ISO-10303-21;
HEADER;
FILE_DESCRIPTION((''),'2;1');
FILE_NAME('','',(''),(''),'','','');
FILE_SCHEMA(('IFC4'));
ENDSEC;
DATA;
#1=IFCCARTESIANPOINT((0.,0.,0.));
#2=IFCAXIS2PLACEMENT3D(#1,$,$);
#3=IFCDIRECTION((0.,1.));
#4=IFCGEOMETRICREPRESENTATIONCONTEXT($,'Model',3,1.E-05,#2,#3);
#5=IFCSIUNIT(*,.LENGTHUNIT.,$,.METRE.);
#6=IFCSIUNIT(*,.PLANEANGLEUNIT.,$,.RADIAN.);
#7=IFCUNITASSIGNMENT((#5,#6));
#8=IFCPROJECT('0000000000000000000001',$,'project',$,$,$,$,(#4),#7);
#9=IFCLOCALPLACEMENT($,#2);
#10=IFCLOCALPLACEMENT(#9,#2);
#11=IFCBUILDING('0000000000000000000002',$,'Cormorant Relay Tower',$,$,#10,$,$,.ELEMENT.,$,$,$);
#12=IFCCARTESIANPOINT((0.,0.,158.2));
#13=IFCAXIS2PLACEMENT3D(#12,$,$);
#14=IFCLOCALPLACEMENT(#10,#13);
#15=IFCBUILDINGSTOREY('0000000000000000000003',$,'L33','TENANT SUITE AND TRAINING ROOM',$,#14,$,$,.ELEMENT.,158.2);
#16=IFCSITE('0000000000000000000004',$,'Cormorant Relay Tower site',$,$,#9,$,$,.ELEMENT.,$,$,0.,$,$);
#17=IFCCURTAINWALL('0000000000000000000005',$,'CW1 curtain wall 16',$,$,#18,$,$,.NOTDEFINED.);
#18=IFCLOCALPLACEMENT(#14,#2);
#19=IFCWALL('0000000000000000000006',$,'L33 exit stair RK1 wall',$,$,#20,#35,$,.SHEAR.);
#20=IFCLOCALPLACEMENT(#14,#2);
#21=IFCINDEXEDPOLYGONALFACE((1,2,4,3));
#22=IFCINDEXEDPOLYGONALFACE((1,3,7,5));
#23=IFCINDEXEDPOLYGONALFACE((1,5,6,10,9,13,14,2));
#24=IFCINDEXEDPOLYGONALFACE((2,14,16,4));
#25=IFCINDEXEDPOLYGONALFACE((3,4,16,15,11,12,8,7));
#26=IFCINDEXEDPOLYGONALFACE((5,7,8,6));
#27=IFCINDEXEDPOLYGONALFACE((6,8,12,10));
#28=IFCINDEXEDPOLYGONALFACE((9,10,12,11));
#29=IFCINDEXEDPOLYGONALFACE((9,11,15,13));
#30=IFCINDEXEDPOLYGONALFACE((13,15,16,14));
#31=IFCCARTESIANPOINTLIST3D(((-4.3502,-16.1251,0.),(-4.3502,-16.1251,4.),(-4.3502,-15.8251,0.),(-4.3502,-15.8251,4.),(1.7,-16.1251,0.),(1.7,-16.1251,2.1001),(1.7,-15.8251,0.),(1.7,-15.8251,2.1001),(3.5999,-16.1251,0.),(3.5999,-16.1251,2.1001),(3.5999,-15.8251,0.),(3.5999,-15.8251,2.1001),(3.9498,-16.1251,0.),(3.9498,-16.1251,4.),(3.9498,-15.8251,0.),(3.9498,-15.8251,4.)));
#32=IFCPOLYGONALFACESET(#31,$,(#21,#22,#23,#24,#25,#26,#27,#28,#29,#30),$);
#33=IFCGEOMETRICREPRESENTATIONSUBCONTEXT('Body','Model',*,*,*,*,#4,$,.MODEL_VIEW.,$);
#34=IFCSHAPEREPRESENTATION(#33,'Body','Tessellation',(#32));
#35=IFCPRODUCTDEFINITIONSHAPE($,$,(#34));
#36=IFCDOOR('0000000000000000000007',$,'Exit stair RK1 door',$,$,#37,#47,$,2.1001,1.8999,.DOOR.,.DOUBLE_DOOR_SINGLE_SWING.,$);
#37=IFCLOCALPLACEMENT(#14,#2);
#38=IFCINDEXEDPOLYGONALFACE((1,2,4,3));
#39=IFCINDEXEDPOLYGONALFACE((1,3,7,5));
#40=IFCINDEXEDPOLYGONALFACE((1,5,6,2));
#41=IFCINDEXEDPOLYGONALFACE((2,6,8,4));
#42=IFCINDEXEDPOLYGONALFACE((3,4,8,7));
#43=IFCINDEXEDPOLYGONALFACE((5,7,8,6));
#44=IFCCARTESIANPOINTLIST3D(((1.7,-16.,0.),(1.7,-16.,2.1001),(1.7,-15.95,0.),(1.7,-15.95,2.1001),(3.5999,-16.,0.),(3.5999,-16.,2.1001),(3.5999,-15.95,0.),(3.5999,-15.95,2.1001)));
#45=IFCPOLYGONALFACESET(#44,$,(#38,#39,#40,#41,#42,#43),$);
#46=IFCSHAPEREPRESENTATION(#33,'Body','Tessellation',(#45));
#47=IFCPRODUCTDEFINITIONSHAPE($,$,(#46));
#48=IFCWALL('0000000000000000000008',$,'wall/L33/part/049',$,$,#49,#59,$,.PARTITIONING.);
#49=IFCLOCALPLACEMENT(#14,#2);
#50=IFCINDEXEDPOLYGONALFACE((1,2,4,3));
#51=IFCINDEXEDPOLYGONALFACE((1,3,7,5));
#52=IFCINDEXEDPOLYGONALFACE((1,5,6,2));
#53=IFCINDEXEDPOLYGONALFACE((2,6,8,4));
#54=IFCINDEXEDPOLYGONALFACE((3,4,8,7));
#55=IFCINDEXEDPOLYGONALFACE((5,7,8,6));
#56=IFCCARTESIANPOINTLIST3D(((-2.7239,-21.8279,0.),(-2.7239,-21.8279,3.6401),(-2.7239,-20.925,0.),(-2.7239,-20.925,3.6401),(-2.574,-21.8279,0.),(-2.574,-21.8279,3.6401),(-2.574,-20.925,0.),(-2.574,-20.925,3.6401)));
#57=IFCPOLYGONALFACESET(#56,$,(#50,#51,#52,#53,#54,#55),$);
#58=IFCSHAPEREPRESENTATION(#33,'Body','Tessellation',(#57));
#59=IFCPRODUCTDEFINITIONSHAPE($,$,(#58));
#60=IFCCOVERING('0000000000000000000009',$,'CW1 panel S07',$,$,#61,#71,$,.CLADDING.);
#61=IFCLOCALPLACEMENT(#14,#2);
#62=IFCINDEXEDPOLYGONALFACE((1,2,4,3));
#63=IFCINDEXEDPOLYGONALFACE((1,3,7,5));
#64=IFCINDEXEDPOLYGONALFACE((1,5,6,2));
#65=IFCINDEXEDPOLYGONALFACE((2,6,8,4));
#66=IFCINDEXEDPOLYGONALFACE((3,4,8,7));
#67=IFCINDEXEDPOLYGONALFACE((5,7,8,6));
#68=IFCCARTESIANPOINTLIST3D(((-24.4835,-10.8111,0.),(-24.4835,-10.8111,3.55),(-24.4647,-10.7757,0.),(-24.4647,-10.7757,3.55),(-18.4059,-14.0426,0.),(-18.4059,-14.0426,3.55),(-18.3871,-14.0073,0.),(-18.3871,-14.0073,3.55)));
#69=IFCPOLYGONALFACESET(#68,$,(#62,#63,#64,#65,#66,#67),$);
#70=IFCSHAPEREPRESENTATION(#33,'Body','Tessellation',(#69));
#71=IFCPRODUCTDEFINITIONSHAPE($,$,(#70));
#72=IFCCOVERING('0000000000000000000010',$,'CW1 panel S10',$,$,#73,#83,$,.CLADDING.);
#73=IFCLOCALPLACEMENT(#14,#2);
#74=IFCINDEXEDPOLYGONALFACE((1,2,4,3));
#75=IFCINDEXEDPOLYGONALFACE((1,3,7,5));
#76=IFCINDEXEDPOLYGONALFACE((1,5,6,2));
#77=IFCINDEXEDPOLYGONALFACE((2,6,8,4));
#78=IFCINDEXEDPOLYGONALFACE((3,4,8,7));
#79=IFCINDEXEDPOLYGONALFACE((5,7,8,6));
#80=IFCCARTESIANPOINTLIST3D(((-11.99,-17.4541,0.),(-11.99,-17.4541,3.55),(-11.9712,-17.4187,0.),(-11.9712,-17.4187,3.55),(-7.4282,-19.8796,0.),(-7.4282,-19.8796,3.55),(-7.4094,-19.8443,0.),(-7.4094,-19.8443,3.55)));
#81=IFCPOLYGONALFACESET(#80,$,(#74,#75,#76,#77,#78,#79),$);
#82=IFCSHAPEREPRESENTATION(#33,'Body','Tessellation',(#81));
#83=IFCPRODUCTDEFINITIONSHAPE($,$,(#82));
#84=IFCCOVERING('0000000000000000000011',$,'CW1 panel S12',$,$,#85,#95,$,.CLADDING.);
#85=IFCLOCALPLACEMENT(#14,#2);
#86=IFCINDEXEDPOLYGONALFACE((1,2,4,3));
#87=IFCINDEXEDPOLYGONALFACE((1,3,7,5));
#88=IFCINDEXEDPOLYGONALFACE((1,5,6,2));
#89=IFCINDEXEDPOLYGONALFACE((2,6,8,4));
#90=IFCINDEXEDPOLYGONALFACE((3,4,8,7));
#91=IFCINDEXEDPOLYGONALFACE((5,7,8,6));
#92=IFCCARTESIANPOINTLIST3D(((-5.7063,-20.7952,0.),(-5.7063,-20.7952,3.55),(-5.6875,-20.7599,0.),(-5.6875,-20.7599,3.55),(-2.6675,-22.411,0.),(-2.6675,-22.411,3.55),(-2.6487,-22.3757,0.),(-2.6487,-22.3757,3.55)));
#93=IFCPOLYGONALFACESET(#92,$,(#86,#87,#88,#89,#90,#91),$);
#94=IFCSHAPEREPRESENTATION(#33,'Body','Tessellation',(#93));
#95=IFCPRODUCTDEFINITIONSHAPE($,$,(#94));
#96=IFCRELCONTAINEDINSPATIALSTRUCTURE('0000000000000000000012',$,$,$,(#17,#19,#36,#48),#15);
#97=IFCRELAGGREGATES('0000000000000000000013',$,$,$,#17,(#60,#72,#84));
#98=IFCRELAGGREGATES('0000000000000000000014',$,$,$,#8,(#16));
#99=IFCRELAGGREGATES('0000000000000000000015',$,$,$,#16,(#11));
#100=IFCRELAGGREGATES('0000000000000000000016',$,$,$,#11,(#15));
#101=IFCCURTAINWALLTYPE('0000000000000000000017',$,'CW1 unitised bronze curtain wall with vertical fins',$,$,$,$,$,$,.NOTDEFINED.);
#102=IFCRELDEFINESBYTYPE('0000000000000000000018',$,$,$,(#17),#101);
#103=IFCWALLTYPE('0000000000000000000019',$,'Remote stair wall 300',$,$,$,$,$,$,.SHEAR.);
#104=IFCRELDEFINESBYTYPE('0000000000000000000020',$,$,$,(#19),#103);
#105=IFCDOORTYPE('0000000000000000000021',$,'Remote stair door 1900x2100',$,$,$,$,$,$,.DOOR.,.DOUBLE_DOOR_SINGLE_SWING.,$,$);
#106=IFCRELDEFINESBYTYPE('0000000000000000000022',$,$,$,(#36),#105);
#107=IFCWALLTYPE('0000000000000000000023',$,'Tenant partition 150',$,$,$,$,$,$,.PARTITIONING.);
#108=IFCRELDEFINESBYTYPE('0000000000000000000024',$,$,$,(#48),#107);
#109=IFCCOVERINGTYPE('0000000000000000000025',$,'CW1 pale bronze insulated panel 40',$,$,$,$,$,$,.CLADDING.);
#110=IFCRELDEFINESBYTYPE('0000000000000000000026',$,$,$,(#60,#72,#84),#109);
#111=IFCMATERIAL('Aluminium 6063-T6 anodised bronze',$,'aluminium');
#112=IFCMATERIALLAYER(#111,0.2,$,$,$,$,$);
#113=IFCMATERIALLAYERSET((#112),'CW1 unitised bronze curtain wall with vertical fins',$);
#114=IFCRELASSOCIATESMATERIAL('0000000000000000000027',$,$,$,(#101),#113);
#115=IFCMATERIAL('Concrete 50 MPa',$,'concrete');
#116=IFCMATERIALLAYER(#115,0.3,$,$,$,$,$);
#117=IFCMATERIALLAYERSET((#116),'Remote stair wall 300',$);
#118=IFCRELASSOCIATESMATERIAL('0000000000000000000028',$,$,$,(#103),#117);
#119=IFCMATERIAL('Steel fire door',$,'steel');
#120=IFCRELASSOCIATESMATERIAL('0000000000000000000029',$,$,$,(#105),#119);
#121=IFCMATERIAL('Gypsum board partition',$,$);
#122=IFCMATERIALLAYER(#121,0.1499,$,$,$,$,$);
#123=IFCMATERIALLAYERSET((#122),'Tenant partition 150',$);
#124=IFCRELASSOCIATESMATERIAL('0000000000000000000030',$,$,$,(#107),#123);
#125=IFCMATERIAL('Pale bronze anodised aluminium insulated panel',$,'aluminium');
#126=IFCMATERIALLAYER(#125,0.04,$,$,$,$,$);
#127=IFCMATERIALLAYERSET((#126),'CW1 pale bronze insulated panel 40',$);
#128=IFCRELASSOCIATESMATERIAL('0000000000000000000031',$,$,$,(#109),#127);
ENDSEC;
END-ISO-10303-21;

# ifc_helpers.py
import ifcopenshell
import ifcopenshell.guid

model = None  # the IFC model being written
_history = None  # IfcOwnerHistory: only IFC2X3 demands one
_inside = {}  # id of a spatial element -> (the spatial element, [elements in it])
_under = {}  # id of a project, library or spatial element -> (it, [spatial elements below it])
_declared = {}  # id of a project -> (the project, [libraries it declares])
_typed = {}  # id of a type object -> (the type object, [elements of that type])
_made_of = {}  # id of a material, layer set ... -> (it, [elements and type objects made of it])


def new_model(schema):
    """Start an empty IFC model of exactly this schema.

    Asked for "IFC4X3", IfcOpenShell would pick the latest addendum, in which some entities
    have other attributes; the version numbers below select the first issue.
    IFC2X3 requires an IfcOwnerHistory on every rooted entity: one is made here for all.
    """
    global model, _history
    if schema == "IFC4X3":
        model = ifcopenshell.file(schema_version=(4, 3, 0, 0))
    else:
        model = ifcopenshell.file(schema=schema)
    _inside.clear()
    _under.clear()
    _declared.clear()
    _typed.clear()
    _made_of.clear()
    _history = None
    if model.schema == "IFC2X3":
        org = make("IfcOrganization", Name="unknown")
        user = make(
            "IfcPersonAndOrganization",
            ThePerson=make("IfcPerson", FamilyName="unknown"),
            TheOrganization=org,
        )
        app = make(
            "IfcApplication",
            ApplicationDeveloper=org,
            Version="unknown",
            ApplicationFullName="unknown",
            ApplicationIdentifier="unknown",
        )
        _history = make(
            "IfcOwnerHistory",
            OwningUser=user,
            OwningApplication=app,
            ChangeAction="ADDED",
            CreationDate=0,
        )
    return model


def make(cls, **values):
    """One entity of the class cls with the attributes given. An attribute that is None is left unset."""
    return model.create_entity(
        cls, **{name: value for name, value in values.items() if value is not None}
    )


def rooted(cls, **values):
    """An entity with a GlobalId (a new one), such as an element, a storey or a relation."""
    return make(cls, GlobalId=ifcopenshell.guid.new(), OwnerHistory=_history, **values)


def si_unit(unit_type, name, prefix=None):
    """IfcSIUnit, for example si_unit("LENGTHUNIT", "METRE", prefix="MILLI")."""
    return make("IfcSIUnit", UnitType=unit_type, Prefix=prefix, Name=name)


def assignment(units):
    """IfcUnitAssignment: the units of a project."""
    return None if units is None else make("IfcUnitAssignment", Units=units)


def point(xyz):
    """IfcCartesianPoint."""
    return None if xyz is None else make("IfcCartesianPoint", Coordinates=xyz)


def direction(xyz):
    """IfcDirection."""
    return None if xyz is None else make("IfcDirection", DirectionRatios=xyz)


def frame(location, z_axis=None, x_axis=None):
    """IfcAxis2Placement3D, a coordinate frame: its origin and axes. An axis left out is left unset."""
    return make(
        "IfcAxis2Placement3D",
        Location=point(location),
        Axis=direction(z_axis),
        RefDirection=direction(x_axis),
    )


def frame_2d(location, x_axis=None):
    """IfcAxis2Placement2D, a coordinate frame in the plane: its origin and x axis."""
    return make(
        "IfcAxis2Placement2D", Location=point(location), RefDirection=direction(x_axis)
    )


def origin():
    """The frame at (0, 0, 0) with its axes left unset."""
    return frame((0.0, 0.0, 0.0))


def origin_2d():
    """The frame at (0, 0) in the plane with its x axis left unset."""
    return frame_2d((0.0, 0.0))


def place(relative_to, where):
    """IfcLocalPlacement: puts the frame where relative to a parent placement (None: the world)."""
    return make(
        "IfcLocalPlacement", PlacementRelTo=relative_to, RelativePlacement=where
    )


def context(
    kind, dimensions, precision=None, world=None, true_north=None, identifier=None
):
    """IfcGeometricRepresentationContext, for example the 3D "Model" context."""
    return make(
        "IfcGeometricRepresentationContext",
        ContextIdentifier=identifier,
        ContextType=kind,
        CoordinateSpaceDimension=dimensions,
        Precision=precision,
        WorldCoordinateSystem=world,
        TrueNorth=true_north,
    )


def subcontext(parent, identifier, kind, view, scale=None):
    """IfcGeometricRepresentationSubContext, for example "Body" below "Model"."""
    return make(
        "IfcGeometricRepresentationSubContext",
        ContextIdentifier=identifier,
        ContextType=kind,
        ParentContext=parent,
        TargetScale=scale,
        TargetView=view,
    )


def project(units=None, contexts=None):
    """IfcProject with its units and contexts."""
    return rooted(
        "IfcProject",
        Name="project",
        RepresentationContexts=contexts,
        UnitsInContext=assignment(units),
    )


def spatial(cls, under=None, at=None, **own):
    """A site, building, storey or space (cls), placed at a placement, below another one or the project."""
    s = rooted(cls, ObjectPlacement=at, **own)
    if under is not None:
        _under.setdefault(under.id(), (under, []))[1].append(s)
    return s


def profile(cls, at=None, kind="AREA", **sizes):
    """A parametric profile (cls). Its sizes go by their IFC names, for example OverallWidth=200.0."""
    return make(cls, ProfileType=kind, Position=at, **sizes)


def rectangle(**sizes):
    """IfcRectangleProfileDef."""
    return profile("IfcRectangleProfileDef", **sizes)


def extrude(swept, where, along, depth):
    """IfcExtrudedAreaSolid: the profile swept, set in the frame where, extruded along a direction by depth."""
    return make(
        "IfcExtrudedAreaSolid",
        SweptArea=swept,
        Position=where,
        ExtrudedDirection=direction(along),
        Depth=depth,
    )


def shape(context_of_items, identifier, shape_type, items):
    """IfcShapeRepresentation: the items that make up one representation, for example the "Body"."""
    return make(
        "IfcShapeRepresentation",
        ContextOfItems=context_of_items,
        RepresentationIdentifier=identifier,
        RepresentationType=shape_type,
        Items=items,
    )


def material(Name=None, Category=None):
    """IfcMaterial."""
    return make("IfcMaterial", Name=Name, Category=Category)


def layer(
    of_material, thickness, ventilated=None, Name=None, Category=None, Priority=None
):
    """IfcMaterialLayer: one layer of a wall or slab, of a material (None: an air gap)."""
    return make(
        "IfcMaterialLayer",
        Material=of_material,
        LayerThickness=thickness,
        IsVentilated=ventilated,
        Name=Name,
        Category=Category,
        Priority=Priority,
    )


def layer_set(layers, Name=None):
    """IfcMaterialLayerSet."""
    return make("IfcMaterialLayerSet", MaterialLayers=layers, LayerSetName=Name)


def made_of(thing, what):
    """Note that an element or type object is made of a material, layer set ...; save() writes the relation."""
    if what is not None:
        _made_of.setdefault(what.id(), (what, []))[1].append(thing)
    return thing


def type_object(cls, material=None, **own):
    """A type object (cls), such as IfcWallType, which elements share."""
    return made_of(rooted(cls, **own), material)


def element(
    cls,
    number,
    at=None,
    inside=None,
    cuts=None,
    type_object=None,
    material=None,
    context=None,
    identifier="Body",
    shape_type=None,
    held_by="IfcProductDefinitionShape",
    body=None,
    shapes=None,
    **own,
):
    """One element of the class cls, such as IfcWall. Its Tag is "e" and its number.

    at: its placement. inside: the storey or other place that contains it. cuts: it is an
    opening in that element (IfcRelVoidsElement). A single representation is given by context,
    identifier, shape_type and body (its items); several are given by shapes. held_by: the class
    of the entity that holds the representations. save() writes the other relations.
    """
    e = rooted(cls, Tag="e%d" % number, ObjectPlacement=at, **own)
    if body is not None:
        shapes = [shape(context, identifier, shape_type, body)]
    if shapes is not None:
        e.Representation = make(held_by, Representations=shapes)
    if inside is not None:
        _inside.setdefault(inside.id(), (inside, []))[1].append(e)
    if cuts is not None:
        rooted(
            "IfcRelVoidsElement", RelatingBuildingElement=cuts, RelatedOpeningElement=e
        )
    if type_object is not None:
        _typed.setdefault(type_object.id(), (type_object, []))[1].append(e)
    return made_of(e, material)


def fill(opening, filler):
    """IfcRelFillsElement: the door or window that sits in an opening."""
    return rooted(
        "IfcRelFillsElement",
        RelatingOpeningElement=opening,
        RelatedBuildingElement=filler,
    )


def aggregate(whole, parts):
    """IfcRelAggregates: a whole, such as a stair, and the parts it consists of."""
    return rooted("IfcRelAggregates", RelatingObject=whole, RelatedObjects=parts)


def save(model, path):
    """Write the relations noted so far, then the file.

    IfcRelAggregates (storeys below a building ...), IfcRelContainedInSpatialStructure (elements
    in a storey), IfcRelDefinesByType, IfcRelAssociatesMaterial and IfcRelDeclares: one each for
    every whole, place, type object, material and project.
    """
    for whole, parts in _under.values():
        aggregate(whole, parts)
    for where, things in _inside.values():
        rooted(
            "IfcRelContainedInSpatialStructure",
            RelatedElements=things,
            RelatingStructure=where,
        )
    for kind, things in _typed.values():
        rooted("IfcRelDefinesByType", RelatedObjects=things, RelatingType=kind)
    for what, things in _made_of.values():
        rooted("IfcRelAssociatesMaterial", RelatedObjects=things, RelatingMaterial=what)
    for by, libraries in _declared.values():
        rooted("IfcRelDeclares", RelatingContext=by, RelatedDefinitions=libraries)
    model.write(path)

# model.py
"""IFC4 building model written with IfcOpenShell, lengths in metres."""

from ifc_helpers import new_model, si_unit, direction, frame, frame_2d, origin, origin_2d, place, context, subcontext, project, spatial, rectangle, extrude, material, layer, layer_set, type_object, element, fill, aggregate, save


model = new_model("IFC4")

# Units and contexts
model_context = context("Model", 3, precision=1e-05, world=origin(), true_north=direction((0.0, 1.0)))
body_context = subcontext(model_context, "Body", "Model", "MODEL_VIEW")
ifc_project = project(units=[si_unit("LENGTHUNIT", "METRE"), si_unit("PLANEANGLEUNIT", "RADIAN")], contexts=[model_context])

# Site, building, storey
site_placement = place(None, origin())
site = spatial("IfcSite", under=ifc_project, at=site_placement, Name="Cormorant Relay Tower site", CompositionType="ELEMENT", RefElevation=0.0)
building_placement = place(site_placement, origin())
building = spatial("IfcBuilding", under=site, at=building_placement, Name="Cormorant Relay Tower", CompositionType="ELEMENT")
storey_placement = place(building_placement, frame((0.0, 0.0, 158.2)))
storey = spatial("IfcBuildingStorey", under=building, at=storey_placement, Name="L33", Description="TENANT SUITE AND TRAINING ROOM", CompositionType="ELEMENT", Elevation=158.2)

# Shared definitions
ifc_material_1 = material(Name="Aluminium 6063-T6 anodised bronze", Category="aluminium")
ifc_layer_1 = layer(ifc_material_1, 0.2)
ifc_layer_set_1 = layer_set([ifc_layer_1], Name="CW1 unitised bronze curtain wall with vertical fins")
curtain_wall_type = type_object("IfcCurtainWallType", Name="CW1 unitised bronze curtain wall with vertical fins", PredefinedType="NOTDEFINED", material=ifc_layer_set_1)

# Curtain wall
curtain_wall_1_placement = place(storey_placement, origin())
curtain_wall_1 = element("IfcCurtainWall", 1, at=curtain_wall_1_placement, inside=storey, type_object=curtain_wall_type, Name="CW1 curtain wall 16", PredefinedType="NOTDEFINED")

# Shared definitions
ifc_material_2 = material(Name="Concrete 50 MPa", Category="concrete")
ifc_layer_2 = layer(ifc_material_2, 0.3)
ifc_layer_set_2 = layer_set([ifc_layer_2], Name="Remote stair wall 300")
wall_type_1 = type_object("IfcWallType", Name="Remote stair wall 300", PredefinedType="SHEAR", material=ifc_layer_set_2)

# Wall, opening, door
wall_1_placement = place(storey_placement, frame((-4.3501, -15.9751, 0.0), z_axis=(0.0, 0.0, 1.0), x_axis=(1.0, 0.0, 0.0)))
wall_1 = element("IfcWall", 2, at=wall_1_placement, inside=storey, type_object=wall_type_1, Name="L33 exit stair RK1 wall", PredefinedType="SHEAR", context=body_context, shape_type="SweptSolid", body=[
    extrude(rectangle(XDim=8.3, YDim=0.3, at=frame_2d((4.1499, 0.0))), origin(), (0.0, 0.0, 1.0), 4.0),
])
opening_1_placement = place(wall_1_placement, frame((6.05, 0.0, 0.0)))
opening_1 = element("IfcOpeningElement", 3, at=opening_1_placement, cuts=wall_1, PredefinedType="OPENING", context=body_context, shape_type="SweptSolid", body=[
    extrude(rectangle(XDim=1.8999, YDim=2.1001, at=frame_2d((0.95, 1.05))), frame((0.0, 0.1599, 0.0), z_axis=(0.0, -1.0, 0.0), x_axis=(1.0, 0.0, 0.0)), (0.0, 0.0, 1.0), 0.3201),
])
ifc_material_3 = material(Name="Steel fire door", Category="steel")
door_type_1 = type_object("IfcDoorType", Name="Remote stair door 1900x2100", OperationType="DOUBLE_DOOR_SINGLE_SWING", PredefinedType="DOOR", material=ifc_material_3)
door_1_placement = place(opening_1_placement, frame((1.8999, 0.0, 0.0), z_axis=(0.0, 0.0, 1.0), x_axis=(-1.0, 0.0, 0.0)))
door_1 = element("IfcDoor", 4, at=door_1_placement, inside=storey, type_object=door_type_1, Name="Exit stair RK1 door", OperationType="DOUBLE_DOOR_SINGLE_SWING", OverallHeight=2.1001, OverallWidth=1.8999, PredefinedType="DOOR", context=body_context, shape_type="SweptSolid", body=[
    extrude(rectangle(XDim=1.8999, YDim=2.1001, at=frame_2d((0.95, 1.05))), frame((0.0, 0.0249, 0.0), z_axis=(0.0, -1.0, 0.0), x_axis=(1.0, 0.0, 0.0)), (0.0, 0.0, 1.0), 0.05),
])
fill(opening_1, door_1)

# Wall
ifc_material_4 = material(Name="Gypsum board partition")
ifc_layer_3 = layer(ifc_material_4, 0.1499)
ifc_layer_set_3 = layer_set([ifc_layer_3], Name="Tenant partition 150")
wall_type_2 = type_object("IfcWallType", Name="Tenant partition 150", PredefinedType="PARTITIONING", material=ifc_layer_set_3)
wall_2_placement = place(storey_placement, frame((-2.6489, -20.925, 0.0), z_axis=(0.0, 0.0, 1.0), x_axis=(0.0, -1.0, 0.0)))
element("IfcWall", 5, at=wall_2_placement, inside=storey, type_object=wall_type_2, Name="wall/L33/part/049", PredefinedType="PARTITIONING", context=body_context, shape_type="SweptSolid", body=[
    extrude(rectangle(XDim=0.9028, YDim=0.1499, at=frame_2d((0.4514, 0.0))), origin(), (0.0, 0.0, 1.0), 3.6401),
])

# Coverings
ifc_material_5 = material(Name="Pale bronze anodised aluminium insulated panel", Category="aluminium")
ifc_layer_4 = layer(ifc_material_5, 0.04)
ifc_layer_set_4 = layer_set([ifc_layer_4], Name="CW1 pale bronze insulated panel 40")
covering_type = type_object("IfcCoveringType", Name="CW1 pale bronze insulated panel 40", PredefinedType="CLADDING", material=ifc_layer_set_4)
covering_1_placement = place(storey_placement, frame((-21.4353, -12.4092, 0.0), z_axis=(0.0, 0.0, 1.0), x_axis=(0.882948, -0.469472, 0.0)))
covering_1 = element("IfcCovering", 6, at=covering_1_placement, type_object=covering_type, Name="CW1 panel S07", PredefinedType="CLADDING", context=body_context, shape_type="SweptSolid", body=[
    extrude(rectangle(XDim=6.8833, YDim=0.04, at=origin_2d()), origin(), (0.0, 0.0, 1.0), 3.55),
])
covering_2_placement = place(storey_placement, frame((-9.6997, -18.6492, 0.0), z_axis=(0.0, 0.0, 1.0), x_axis=(0.882948, -0.469472, 0.0)))
covering_2 = element("IfcCovering", 7, at=covering_2_placement, type_object=covering_type, Name="CW1 panel S10", PredefinedType="CLADDING", context=body_context, shape_type="SweptSolid", body=[
    extrude(rectangle(XDim=5.1665, YDim=0.04, at=origin_2d()), origin(), (0.0, 0.0, 1.0), 3.55),
])
covering_3_placement = place(storey_placement, frame((-4.1775, -21.5854, 0.0), z_axis=(0.0, 0.0, 1.0), x_axis=(0.882948, -0.469472, 0.0)))
covering_3 = element("IfcCovering", 8, at=covering_3_placement, type_object=covering_type, Name="CW1 panel S12", PredefinedType="CLADDING", context=body_context, shape_type="SweptSolid", body=[
    extrude(rectangle(XDim=3.4417, YDim=0.04, at=origin_2d()), origin(), (0.0, 0.0, 1.0), 3.55),
])
aggregate(curtain_wall_1, [covering_1, covering_2, covering_3])

save(model, "model.ifc")
